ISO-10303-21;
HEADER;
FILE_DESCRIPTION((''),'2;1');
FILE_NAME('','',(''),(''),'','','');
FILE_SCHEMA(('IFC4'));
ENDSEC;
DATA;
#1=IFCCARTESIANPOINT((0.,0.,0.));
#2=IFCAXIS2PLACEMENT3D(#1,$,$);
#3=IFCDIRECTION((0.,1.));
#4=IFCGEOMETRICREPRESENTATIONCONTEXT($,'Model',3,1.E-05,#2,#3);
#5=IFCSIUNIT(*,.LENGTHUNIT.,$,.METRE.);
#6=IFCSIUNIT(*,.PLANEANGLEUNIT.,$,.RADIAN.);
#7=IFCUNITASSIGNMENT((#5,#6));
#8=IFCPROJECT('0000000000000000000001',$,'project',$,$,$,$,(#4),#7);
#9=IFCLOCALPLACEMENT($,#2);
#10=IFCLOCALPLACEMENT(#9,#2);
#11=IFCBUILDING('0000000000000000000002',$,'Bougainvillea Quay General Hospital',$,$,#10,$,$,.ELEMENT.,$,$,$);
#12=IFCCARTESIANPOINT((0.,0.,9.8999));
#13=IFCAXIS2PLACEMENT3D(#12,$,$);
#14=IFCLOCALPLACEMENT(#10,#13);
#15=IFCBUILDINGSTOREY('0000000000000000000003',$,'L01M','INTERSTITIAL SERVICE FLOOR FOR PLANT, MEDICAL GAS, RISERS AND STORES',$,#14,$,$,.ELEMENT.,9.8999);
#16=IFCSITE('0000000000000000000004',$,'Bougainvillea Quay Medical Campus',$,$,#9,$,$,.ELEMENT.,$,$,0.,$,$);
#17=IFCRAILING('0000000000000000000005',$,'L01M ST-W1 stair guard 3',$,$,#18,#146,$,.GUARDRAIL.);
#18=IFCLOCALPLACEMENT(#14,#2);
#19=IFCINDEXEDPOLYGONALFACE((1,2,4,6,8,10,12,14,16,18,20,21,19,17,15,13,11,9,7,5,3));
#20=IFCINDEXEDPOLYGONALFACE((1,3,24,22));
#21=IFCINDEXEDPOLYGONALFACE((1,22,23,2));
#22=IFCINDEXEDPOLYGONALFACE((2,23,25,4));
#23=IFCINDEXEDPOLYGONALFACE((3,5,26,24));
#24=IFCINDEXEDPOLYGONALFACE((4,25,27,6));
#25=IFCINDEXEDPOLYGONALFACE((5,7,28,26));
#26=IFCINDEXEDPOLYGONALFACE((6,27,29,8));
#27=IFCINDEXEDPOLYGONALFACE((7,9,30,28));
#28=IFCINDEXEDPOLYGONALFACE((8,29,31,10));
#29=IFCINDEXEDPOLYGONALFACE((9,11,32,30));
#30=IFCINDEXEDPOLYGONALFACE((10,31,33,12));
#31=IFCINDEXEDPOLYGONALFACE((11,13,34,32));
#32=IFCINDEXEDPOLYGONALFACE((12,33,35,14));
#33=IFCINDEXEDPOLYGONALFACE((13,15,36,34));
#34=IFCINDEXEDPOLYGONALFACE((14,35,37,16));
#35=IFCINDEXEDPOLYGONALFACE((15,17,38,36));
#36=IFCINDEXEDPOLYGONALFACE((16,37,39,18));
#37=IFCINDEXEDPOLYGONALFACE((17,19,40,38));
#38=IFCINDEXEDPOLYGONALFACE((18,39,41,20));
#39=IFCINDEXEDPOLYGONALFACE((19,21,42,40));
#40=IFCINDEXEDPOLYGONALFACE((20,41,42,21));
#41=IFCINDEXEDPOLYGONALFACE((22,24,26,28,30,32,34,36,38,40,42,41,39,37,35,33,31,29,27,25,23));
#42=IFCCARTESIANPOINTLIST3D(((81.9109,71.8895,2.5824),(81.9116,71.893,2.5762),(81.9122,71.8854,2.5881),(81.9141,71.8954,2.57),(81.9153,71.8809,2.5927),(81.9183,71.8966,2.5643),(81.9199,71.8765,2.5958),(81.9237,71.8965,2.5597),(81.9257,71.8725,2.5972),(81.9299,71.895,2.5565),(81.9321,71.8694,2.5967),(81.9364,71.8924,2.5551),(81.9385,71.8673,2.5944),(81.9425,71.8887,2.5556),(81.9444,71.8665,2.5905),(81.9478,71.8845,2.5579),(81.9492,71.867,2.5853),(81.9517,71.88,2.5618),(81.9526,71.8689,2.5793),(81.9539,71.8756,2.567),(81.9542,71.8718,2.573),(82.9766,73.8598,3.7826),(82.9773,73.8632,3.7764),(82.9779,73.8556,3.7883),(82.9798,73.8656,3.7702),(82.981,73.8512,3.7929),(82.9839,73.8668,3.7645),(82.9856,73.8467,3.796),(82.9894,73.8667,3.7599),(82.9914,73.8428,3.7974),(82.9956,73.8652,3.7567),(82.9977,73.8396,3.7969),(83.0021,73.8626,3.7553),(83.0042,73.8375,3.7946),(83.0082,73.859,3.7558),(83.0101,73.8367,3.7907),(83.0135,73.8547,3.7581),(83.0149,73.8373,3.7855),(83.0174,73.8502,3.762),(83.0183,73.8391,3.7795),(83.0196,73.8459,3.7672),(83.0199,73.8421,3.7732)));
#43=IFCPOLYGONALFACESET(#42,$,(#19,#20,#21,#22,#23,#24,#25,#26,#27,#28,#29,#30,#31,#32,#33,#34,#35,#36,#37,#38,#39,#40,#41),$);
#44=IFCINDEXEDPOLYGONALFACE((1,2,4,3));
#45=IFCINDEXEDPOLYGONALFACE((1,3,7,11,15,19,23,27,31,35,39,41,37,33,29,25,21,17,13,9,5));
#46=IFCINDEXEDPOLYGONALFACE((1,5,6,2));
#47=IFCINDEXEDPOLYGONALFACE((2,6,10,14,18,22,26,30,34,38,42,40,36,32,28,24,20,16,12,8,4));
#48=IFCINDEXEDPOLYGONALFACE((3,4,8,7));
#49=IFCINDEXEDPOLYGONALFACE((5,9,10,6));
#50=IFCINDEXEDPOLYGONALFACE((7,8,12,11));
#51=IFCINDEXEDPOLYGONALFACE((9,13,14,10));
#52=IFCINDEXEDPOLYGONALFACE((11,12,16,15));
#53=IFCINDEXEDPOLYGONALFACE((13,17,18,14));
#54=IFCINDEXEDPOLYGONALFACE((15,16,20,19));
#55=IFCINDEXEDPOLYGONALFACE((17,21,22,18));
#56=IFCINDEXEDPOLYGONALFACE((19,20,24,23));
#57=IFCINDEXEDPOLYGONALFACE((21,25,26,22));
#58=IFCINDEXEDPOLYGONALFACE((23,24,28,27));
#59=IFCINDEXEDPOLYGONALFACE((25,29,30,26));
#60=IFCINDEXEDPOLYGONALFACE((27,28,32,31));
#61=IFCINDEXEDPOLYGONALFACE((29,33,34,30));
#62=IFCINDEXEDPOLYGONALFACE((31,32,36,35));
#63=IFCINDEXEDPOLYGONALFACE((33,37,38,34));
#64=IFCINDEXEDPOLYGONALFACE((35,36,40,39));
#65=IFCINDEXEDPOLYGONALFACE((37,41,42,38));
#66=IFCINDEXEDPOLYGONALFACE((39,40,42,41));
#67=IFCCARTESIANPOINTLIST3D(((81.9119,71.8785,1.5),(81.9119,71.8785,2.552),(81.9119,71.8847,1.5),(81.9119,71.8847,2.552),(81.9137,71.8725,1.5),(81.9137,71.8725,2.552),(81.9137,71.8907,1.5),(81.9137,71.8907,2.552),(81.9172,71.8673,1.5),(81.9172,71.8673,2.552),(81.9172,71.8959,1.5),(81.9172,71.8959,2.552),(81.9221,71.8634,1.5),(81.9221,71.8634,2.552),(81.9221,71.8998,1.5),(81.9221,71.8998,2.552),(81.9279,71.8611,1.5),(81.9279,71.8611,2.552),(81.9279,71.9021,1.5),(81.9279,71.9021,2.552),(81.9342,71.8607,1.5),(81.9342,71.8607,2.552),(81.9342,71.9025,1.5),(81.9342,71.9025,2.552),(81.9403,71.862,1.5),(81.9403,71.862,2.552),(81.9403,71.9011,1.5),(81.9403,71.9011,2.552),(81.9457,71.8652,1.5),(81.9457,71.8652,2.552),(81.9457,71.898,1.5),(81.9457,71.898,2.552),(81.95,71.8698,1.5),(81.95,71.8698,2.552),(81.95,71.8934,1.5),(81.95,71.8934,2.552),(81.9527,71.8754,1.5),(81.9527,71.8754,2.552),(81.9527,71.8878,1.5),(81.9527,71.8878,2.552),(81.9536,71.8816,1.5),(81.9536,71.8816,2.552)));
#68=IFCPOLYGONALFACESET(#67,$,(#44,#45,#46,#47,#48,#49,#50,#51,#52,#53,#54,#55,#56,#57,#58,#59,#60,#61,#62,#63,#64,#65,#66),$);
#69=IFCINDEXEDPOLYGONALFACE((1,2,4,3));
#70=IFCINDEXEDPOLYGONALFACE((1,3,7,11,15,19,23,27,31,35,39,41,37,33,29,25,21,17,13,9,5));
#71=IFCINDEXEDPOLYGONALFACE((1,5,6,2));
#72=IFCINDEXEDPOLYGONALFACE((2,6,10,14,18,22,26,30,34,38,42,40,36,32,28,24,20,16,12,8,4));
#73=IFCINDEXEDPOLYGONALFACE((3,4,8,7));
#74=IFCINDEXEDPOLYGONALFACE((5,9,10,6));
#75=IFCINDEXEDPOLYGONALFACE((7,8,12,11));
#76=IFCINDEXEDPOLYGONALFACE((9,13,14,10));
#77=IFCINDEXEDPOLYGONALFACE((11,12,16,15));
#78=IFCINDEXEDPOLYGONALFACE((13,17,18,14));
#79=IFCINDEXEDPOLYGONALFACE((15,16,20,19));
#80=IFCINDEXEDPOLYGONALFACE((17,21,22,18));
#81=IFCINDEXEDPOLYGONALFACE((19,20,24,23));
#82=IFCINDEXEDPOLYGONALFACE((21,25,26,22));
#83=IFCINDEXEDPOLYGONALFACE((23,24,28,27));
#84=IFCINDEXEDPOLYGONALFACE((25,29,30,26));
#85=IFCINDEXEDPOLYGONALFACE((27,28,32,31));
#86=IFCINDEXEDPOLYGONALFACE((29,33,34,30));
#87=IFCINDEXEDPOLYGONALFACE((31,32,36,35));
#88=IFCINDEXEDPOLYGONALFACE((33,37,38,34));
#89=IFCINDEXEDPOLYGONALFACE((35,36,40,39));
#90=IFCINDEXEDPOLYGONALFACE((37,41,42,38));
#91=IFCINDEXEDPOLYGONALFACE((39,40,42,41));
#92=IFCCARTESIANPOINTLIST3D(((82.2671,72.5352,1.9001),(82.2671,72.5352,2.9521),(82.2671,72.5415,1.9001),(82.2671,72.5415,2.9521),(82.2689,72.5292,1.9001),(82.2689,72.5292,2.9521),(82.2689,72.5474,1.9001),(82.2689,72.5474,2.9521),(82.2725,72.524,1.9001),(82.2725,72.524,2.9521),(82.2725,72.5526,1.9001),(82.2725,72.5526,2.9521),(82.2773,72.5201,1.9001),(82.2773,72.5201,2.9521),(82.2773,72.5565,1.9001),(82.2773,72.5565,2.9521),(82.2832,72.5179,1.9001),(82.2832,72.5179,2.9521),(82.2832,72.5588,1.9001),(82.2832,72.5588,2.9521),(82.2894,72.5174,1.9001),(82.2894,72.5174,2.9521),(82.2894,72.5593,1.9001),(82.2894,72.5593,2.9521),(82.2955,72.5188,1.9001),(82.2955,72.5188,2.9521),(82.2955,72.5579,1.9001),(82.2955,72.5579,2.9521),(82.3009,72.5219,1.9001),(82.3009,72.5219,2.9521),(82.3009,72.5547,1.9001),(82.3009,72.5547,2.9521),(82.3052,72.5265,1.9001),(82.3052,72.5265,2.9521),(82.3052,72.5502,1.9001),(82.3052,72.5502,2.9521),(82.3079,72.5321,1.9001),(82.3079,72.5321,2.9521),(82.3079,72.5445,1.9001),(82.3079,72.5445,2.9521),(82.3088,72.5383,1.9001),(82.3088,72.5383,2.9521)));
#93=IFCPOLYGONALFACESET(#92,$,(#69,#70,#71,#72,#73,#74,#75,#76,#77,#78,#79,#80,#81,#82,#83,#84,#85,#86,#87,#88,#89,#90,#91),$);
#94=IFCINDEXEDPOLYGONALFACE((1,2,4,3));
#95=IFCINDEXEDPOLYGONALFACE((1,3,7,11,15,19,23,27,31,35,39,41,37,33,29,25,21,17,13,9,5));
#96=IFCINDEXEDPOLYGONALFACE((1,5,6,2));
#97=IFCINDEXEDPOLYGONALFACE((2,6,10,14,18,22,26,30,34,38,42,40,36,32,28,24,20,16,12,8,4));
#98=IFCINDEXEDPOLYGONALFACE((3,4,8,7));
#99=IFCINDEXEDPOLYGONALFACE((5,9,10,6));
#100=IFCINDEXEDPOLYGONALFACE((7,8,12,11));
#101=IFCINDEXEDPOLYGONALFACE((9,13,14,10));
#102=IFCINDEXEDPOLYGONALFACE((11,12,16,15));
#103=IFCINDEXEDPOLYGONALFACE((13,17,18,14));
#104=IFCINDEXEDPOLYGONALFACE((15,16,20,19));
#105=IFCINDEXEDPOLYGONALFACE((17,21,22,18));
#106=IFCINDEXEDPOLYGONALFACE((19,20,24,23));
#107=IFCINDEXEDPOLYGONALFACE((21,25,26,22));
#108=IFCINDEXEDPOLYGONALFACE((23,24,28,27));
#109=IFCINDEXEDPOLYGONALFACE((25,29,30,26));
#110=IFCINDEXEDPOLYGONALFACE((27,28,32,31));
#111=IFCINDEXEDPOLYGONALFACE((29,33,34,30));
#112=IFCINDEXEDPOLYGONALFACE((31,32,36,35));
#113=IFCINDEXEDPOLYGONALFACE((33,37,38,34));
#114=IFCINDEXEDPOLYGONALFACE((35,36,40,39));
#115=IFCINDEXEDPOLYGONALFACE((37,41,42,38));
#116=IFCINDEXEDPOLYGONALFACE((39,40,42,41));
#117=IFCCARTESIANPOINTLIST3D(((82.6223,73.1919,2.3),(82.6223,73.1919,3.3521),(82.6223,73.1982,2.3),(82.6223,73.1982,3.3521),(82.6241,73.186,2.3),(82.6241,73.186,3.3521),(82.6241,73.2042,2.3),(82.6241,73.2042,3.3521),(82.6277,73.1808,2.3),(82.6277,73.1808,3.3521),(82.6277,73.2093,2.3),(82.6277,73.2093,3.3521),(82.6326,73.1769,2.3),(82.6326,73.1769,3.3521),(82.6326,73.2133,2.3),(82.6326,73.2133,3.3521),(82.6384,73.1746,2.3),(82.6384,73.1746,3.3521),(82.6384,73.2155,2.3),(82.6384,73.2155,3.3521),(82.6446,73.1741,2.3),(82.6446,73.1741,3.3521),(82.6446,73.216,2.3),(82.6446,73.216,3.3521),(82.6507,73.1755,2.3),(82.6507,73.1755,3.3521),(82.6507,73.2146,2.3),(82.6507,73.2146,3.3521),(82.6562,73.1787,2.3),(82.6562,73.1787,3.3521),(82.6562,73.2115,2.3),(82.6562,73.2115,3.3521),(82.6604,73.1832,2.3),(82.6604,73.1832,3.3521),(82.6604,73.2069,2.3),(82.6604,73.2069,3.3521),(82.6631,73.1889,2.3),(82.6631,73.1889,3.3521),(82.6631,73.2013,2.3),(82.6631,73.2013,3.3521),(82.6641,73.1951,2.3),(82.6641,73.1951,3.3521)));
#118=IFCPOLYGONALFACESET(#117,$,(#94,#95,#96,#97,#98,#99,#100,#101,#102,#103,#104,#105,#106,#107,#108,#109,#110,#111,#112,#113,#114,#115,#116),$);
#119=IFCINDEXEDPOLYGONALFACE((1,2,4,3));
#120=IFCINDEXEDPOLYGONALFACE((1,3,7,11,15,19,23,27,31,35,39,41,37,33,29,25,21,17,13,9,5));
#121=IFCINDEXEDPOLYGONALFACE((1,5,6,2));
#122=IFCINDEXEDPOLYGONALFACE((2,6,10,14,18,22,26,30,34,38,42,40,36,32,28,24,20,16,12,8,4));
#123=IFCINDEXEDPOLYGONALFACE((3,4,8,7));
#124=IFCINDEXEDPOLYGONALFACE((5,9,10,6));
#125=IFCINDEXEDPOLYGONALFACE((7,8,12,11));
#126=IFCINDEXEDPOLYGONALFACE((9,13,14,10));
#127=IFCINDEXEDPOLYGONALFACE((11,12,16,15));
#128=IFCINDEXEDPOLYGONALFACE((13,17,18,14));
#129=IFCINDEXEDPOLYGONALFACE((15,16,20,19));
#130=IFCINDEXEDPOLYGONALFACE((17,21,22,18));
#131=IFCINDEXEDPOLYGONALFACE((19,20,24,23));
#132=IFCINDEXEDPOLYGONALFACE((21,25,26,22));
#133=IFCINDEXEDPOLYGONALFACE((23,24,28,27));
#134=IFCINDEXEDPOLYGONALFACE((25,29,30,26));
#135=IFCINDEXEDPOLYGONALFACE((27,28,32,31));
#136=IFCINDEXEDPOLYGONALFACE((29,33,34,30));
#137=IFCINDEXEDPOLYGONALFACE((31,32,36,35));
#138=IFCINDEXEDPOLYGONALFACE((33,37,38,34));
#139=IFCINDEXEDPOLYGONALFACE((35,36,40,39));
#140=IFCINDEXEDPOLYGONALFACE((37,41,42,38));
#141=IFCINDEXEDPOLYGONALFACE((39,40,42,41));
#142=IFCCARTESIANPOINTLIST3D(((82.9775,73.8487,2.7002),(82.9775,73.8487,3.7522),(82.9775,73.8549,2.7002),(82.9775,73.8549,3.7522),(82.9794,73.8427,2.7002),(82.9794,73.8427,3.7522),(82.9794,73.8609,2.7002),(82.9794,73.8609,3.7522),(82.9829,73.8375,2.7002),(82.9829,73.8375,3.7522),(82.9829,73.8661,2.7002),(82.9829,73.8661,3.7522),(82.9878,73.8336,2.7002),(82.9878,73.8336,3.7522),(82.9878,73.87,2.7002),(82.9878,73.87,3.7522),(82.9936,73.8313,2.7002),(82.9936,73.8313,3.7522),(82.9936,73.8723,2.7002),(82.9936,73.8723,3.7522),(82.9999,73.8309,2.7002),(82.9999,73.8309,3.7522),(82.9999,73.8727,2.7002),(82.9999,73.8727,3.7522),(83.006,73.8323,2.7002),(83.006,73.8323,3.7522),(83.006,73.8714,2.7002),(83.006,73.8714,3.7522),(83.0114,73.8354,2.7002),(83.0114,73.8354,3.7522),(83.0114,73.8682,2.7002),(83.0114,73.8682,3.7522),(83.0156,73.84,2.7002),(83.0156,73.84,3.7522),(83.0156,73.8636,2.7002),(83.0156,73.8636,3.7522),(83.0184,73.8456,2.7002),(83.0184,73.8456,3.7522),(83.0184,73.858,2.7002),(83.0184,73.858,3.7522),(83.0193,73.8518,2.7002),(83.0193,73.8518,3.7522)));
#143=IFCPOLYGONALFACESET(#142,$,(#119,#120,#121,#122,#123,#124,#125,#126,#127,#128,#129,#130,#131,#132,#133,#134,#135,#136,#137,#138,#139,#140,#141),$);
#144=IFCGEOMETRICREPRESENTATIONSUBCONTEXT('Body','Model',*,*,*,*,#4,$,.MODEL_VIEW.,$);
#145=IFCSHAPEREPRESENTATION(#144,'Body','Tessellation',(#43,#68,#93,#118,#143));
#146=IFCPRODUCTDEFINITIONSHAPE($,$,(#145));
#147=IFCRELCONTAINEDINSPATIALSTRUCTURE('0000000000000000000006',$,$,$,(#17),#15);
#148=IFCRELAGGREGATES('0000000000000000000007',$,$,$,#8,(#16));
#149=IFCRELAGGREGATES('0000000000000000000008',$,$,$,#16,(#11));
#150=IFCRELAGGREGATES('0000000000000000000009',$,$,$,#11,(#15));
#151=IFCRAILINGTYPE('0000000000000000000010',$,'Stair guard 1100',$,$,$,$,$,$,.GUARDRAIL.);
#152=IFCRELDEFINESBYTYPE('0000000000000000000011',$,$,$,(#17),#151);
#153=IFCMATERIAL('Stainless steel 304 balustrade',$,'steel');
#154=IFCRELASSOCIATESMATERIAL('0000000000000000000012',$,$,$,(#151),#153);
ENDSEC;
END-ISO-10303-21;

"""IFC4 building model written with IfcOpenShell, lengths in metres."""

from ifc_helpers import new_model, si_unit, direction, frame, origin, origin_2d, place, context, subcontext, project, spatial, circle, extrude, material, type_object, element, save


model = new_model("IFC4")

# Units and contexts
model_context = context("Model", 3, precision=1e-05, world=origin(), true_north=direction((0.0, 1.0)))
body_context = subcontext(model_context, "Body", "Model", "MODEL_VIEW")
ifc_project = project(units=[si_unit("LENGTHUNIT", "METRE"), si_unit("PLANEANGLEUNIT", "RADIAN")], contexts=[model_context])

# Site, building, storey
site_placement = place(None, origin())
site = spatial("IfcSite", under=ifc_project, at=site_placement, Name="Bougainvillea Quay Medical Campus", CompositionType="ELEMENT", RefElevation=0.0)
building_placement = place(site_placement, origin())
building = spatial("IfcBuilding", under=site, at=building_placement, Name="Bougainvillea Quay General Hospital", CompositionType="ELEMENT")
storey_placement = place(building_placement, frame((0.0, 0.0, 9.8999)))
storey = spatial("IfcBuildingStorey", under=building, at=storey_placement, Name="L01M", Description="INTERSTITIAL SERVICE FLOOR FOR PLANT, MEDICAL GAS, RISERS AND STORES", CompositionType="ELEMENT", Elevation=9.8999)

# Railing
ifc_material_1 = material(Name="Stainless steel 304 balustrade", Category="steel")
railing_type_1 = type_object("IfcRailingType", Name="Stair guard 1100", PredefinedType="GUARDRAIL", material=ifc_material_1)
railing_1_placement = place(storey_placement, frame((81.9326, 71.8816, 1.5)))
element("IfcRailing", 1, at=railing_1_placement, inside=storey, type_object=railing_type_1, Name="L01M ST-W1 stair guard 3", PredefinedType="GUARDRAIL", context=body_context, shape_type="SweptSolid", body=[
    extrude(circle(Radius=0.0239, at=origin_2d()), frame((0.0, 0.0, 1.0762), z_axis=(0.419353, 0.775298, 0.472288), x_axis=(-0.879577, 0.475756, 0.0)), (0.0, 0.0, 1.0), 2.5413),
    extrude(circle(Radius=0.021, at=origin_2d()), origin(), (0.0, 0.0, 1.0), 1.052),
    extrude(circle(Radius=0.021, at=origin_2d()), frame((0.3552, 0.6567, 0.4001)), (0.0, 0.0, 1.0), 1.052),
    extrude(circle(Radius=0.021, at=origin_2d()), frame((0.7104, 1.3135, 0.8)), (0.0, 0.0, 1.0), 1.052),
    extrude(circle(Radius=0.021, at=origin_2d()), frame((1.0657, 1.9702, 1.2002)), (0.0, 0.0, 1.0), 1.052),
])

save(model, "model.ifc")
